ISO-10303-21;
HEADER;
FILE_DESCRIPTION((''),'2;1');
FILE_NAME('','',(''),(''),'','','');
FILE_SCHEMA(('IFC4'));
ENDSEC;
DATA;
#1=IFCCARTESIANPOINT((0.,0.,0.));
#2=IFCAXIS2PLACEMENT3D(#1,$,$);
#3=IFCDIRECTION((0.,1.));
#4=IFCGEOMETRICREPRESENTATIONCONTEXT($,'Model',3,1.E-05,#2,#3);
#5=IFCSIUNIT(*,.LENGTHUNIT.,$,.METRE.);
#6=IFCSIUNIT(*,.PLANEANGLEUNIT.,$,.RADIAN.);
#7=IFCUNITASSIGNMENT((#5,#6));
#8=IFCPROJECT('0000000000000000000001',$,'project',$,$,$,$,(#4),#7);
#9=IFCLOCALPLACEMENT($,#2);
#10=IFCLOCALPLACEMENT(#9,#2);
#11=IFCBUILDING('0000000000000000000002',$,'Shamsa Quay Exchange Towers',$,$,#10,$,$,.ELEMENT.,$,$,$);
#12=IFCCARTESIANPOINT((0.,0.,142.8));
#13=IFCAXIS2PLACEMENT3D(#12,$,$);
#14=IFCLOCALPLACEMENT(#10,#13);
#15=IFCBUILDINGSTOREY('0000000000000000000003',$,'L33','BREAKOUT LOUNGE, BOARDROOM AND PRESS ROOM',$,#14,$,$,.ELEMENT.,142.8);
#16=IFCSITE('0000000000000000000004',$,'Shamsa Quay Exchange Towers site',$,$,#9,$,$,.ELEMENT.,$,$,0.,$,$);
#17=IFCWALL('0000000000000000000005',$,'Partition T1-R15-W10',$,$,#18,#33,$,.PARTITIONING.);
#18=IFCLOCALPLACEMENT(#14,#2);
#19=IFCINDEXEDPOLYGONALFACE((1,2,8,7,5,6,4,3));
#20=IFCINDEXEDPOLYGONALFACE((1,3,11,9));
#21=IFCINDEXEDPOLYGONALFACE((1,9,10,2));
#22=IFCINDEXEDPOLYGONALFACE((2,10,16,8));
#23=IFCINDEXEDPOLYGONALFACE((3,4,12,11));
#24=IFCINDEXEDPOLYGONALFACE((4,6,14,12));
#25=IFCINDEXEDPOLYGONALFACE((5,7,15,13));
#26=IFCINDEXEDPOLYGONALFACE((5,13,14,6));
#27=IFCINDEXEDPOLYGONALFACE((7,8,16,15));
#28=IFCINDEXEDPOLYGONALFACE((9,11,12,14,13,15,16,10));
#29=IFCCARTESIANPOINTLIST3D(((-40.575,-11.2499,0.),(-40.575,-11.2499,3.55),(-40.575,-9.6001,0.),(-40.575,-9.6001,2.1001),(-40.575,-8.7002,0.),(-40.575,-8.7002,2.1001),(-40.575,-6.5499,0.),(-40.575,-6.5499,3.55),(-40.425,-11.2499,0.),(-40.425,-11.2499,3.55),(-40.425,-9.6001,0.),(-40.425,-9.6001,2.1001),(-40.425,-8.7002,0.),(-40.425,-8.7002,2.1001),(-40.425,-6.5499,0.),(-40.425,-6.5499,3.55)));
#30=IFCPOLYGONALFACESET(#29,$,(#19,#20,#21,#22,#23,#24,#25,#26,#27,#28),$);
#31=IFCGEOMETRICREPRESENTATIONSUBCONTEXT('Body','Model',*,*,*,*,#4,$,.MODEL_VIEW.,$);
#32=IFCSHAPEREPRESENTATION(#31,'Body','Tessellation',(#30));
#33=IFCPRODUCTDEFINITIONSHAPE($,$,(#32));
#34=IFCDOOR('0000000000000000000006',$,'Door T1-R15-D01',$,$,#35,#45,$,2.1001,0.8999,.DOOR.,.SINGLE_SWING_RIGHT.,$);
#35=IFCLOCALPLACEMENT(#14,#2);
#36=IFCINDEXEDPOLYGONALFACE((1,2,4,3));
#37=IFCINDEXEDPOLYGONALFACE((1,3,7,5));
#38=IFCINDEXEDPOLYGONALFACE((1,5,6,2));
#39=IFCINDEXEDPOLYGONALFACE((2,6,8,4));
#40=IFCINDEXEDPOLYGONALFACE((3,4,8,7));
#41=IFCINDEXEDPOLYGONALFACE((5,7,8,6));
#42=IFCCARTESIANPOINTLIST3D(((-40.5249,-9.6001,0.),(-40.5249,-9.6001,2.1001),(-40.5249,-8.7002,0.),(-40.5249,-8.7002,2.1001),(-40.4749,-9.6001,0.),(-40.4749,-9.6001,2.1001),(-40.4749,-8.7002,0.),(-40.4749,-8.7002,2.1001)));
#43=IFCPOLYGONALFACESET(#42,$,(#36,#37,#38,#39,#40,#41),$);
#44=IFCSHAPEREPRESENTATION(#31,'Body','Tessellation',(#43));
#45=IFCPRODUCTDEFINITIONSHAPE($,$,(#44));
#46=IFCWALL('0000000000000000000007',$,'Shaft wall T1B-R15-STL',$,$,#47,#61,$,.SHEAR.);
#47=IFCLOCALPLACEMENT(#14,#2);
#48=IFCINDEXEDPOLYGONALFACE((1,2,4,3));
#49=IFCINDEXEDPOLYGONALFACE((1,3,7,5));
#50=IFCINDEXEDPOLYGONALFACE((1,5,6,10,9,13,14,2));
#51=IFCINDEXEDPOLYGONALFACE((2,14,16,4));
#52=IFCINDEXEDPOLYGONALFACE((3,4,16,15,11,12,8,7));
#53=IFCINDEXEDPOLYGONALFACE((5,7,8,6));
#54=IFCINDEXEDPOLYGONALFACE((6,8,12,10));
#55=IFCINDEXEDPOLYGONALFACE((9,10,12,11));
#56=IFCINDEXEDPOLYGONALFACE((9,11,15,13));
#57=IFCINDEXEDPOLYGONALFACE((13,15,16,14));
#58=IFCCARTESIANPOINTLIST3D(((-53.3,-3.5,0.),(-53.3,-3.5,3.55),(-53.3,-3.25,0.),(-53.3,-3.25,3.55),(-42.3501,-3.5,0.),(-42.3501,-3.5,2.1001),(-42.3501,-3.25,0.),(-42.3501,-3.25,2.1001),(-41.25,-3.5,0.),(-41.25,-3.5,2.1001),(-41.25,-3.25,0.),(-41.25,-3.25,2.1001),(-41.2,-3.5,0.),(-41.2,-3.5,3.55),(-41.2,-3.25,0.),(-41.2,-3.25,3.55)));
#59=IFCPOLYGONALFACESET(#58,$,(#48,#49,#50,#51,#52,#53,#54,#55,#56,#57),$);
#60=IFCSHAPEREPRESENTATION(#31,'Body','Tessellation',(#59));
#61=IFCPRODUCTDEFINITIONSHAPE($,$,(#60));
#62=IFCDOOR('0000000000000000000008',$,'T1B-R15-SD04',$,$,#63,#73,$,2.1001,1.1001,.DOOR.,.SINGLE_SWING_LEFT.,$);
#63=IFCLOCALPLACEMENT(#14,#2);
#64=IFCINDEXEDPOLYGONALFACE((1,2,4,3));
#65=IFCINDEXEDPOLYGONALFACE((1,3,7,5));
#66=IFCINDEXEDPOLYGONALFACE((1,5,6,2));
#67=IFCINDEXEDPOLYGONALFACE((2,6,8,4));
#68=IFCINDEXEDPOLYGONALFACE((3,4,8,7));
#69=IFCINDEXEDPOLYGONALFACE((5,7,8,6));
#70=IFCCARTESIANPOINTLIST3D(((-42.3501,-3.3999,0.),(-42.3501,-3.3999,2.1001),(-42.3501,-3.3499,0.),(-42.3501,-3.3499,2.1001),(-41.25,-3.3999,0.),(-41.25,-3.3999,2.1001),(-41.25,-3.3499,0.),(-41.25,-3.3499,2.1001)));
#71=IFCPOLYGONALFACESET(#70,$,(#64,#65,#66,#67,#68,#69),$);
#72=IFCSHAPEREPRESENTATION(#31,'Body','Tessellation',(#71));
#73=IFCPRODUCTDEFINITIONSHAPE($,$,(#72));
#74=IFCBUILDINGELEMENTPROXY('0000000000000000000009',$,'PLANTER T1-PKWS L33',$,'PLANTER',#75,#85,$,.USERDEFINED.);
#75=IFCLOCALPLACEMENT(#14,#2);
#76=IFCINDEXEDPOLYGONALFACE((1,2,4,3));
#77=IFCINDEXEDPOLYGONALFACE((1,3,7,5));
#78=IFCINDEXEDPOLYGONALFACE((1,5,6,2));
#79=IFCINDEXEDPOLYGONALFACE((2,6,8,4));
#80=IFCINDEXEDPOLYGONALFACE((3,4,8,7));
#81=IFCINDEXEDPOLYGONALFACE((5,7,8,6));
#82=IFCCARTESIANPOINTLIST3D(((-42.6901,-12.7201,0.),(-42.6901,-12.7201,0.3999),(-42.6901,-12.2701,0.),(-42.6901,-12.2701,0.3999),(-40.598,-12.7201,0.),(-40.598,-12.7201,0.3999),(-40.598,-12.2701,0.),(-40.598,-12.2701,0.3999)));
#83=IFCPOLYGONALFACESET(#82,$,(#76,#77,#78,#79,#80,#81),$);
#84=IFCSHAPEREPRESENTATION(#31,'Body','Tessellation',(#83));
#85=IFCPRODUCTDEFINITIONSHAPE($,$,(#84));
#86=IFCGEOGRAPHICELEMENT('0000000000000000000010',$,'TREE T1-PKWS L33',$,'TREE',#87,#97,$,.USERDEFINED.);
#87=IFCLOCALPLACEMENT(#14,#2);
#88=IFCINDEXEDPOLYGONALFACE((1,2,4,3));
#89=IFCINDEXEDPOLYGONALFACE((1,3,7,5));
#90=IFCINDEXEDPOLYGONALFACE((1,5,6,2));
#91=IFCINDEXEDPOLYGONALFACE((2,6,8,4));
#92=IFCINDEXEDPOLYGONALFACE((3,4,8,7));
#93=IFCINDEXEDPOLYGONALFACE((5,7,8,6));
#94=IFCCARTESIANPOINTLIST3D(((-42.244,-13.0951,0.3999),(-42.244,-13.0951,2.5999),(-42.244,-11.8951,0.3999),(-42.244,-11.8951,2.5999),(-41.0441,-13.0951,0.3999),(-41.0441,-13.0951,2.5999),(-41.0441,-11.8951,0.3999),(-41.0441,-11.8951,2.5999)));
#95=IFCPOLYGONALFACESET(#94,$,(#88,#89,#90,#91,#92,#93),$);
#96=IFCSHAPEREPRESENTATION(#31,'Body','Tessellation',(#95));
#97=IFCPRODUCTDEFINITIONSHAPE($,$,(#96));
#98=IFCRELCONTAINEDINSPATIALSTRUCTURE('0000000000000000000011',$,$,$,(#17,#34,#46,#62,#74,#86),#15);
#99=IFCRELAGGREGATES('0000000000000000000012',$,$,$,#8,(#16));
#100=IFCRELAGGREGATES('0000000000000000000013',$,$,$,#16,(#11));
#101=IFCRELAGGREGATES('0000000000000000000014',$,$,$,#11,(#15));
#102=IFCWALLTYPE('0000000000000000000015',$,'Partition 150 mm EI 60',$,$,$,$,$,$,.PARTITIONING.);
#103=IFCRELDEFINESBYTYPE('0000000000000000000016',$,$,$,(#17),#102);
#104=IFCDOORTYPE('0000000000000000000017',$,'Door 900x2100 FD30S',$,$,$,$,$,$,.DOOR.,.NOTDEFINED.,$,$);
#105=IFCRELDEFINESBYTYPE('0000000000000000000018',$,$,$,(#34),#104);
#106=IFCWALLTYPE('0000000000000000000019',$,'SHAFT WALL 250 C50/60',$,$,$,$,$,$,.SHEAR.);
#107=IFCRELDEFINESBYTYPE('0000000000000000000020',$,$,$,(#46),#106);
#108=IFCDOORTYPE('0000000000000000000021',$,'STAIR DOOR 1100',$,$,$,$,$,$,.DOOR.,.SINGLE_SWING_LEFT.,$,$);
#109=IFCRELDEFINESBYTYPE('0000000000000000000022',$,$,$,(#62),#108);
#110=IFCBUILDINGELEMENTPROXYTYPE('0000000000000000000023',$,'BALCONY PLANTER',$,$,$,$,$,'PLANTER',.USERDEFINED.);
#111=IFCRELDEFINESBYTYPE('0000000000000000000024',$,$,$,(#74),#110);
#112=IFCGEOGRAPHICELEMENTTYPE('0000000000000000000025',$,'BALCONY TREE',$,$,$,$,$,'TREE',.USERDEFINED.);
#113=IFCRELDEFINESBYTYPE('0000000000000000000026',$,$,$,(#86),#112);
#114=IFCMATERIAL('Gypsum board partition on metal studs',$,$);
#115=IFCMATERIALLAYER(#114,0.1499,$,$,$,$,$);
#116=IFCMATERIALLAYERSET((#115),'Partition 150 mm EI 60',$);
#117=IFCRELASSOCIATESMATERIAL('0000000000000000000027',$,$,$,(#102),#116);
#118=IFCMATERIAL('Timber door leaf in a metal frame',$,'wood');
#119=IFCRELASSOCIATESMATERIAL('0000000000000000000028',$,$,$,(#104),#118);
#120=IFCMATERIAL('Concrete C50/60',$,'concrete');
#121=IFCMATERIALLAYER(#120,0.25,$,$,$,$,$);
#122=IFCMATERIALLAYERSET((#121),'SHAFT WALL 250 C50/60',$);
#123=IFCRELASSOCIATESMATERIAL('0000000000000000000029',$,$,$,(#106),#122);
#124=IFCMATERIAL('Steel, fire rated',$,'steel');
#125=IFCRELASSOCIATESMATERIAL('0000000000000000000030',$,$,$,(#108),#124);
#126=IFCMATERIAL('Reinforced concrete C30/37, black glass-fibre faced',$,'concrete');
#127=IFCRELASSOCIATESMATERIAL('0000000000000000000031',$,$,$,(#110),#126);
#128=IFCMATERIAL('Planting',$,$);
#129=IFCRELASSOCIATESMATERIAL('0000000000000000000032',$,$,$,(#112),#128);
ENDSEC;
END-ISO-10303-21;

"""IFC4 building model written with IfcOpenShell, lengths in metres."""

from ifc_helpers import new_model, si_unit, direction, frame, frame_2d, origin, origin_2d, place, context, subcontext, project, spatial, rectangle, extrude, material, layer, layer_set, type_object, element, fill, save


model = new_model("IFC4")

# Units and contexts
model_context = context("Model", 3, precision=1e-05, world=origin(), true_north=direction((0.0, 1.0)))
body_context = subcontext(model_context, "Body", "Model", "MODEL_VIEW")
ifc_project = project(units=[si_unit("LENGTHUNIT", "METRE"), si_unit("PLANEANGLEUNIT", "RADIAN")], contexts=[model_context])

# Site, building, storey
site_placement = place(None, origin())
site = spatial("IfcSite", under=ifc_project, at=site_placement, Name="Shamsa Quay Exchange Towers site", CompositionType="ELEMENT", RefElevation=0.0)
building_placement = place(site_placement, origin())
building = spatial("IfcBuilding", under=site, at=building_placement, Name="Shamsa Quay Exchange Towers", CompositionType="ELEMENT")
storey_placement = place(building_placement, frame((0.0, 0.0, 142.8)))
storey = spatial("IfcBuildingStorey", under=building, at=storey_placement, Name="L33", Description="BREAKOUT LOUNGE, BOARDROOM AND PRESS ROOM", CompositionType="ELEMENT", Elevation=142.8)

# Shared definitions
ifc_material_1 = material(Name="Timber door leaf in a metal frame", Category="wood")

# Shared definitions
ifc_material_2 = material(Name="Steel, fire rated", Category="steel")

# Walls, openings, doors
ifc_material_3 = material(Name="Gypsum board partition on metal studs")
ifc_layer_1 = layer(ifc_material_3, 0.1499)
ifc_layer_set_1 = layer_set([ifc_layer_1], Name="Partition 150 mm EI 60")
wall_type_1 = type_object("IfcWallType", Name="Partition 150 mm EI 60", PredefinedType="PARTITIONING", material=ifc_layer_set_1)
wall_1_placement = place(storey_placement, frame((-40.5, -11.25, 0.0), z_axis=(0.0, 0.0, 1.0), x_axis=(0.0, 1.0, 0.0)))
wall_1 = element("IfcWall", 1, at=wall_1_placement, inside=storey, type_object=wall_type_1, Name="Partition T1-R15-W10", PredefinedType="PARTITIONING", context=body_context, shape_type="SweptSolid", body=[
    extrude(rectangle(XDim=4.7, YDim=0.1499, at=frame_2d((2.3501, 0.0))), origin(), (0.0, 0.0, 1.0), 3.55),
])
opening_1_placement = place(wall_1_placement, frame((1.6499, 0.0, 0.0)))
opening_1 = element("IfcOpeningElement", 2, at=opening_1_placement, cuts=wall_1, PredefinedType="OPENING", context=body_context, shape_type="SweptSolid", body=[
    extrude(rectangle(XDim=0.8999, YDim=2.1001, at=frame_2d((0.45, 1.05))), frame((0.0, 0.085, 0.0), z_axis=(0.0, -1.0, 0.0), x_axis=(1.0, 0.0, 0.0)), (0.0, 0.0, 1.0), 0.1699),
])
door_type_1 = type_object("IfcDoorType", Name="Door 900x2100 FD30S", OperationType="NOTDEFINED", PredefinedType="DOOR", material=ifc_material_1)
door_1_placement = place(opening_1_placement, origin())
door_1 = element("IfcDoor", 3, at=door_1_placement, inside=storey, type_object=door_type_1, Name="Door T1-R15-D01", OperationType="SINGLE_SWING_RIGHT", OverallHeight=2.1001, OverallWidth=0.8999, PredefinedType="DOOR", context=body_context, shape_type="SweptSolid", body=[
    extrude(rectangle(XDim=0.8999, YDim=2.1001, at=frame_2d((0.45, 1.05))), frame((0.0, 0.0249, 0.0), z_axis=(0.0, -1.0, 0.0), x_axis=(1.0, 0.0, 0.0)), (0.0, 0.0, 1.0), 0.05),
])
fill(opening_1, door_1)
ifc_material_4 = material(Name="Concrete C50/60", Category="concrete")
ifc_layer_2 = layer(ifc_material_4, 0.25)
ifc_layer_set_2 = layer_set([ifc_layer_2], Name="SHAFT WALL 250 C50/60")
wall_type_2 = type_object("IfcWallType", Name="SHAFT WALL 250 C50/60", PredefinedType="SHEAR", material=ifc_layer_set_2)
wall_2_placement = place(storey_placement, frame((-41.2, -3.375, 0.0), z_axis=(0.0, 0.0, 1.0), x_axis=(-1.0, 0.0, 0.0)))
wall_2 = element("IfcWall", 4, at=wall_2_placement, inside=storey, type_object=wall_type_2, Name="Shaft wall T1B-R15-STL", PredefinedType="SHEAR", context=body_context, shape_type="SweptSolid", body=[
    extrude(rectangle(XDim=12.1001, YDim=0.25, at=frame_2d((6.05, 0.0))), origin(), (0.0, 0.0, 1.0), 3.55),
])
opening_2_placement = place(wall_2_placement, frame((0.05, 0.0, 0.0)))
opening_2 = element("IfcOpeningElement", 5, at=opening_2_placement, cuts=wall_2, PredefinedType="OPENING", context=body_context, shape_type="SweptSolid", body=[
    extrude(rectangle(XDim=1.1001, YDim=2.1001, at=frame_2d((0.55, 1.05))), frame((0.0, 0.135, 0.0), z_axis=(0.0, -1.0, 0.0), x_axis=(1.0, 0.0, 0.0)), (0.0, 0.0, 1.0), 0.27),
])
door_type_2 = type_object("IfcDoorType", Name="STAIR DOOR 1100", OperationType="SINGLE_SWING_LEFT", PredefinedType="DOOR", material=ifc_material_2)
door_2_placement = place(opening_2_placement, origin())
door_2 = element("IfcDoor", 6, at=door_2_placement, inside=storey, type_object=door_type_2, Name="T1B-R15-SD04", OperationType="SINGLE_SWING_LEFT", OverallHeight=2.1001, OverallWidth=1.1001, PredefinedType="DOOR", context=body_context, shape_type="SweptSolid", body=[
    extrude(rectangle(XDim=1.1001, YDim=2.1001, at=frame_2d((0.55, 1.05))), frame((0.0, 0.0249, 0.0), z_axis=(0.0, -1.0, 0.0), x_axis=(1.0, 0.0, 0.0)), (0.0, 0.0, 1.0), 0.05),
])
fill(opening_2, door_2)

# Building element proxy
ifc_material_5 = material(Name="Reinforced concrete C30/37, black glass-fibre faced", Category="concrete")
building_element_proxy_type = type_object("IfcBuildingElementProxyType", Name="BALCONY PLANTER", ElementType="PLANTER", PredefinedType="USERDEFINED", material=ifc_material_5)
proxy_placement = place(storey_placement, frame((-41.644, -12.4951, 0.0)))
element("IfcBuildingElementProxy", 7, at=proxy_placement, inside=storey, type_object=building_element_proxy_type, Name="PLANTER T1-PKWS L33", ObjectType="PLANTER", PredefinedType="USERDEFINED", context=body_context, shape_type="SweptSolid", body=[
    extrude(rectangle(XDim=2.092, YDim=0.45, at=origin_2d()), origin(), (0.0, 0.0, 1.0), 0.3999),
])

# Geographic element
ifc_material_6 = material(Name="Planting")
geographic_element_type = type_object("IfcGeographicElementType", Name="BALCONY TREE", ElementType="TREE", PredefinedType="USERDEFINED", material=ifc_material_6)
geographic_element_placement = place(storey_placement, frame((-41.644, -12.4951, 0.3999)))
element("IfcGeographicElement", 8, at=geographic_element_placement, inside=storey, type_object=geographic_element_type, Name="TREE T1-PKWS L33", ObjectType="TREE", PredefinedType="USERDEFINED", context=body_context, shape_type="SweptSolid", body=[
    extrude(rectangle(XDim=1.2, YDim=1.2, at=origin_2d()), origin(), (0.0, 0.0, 1.0), 2.2),
])

save(model, "model.ifc")
